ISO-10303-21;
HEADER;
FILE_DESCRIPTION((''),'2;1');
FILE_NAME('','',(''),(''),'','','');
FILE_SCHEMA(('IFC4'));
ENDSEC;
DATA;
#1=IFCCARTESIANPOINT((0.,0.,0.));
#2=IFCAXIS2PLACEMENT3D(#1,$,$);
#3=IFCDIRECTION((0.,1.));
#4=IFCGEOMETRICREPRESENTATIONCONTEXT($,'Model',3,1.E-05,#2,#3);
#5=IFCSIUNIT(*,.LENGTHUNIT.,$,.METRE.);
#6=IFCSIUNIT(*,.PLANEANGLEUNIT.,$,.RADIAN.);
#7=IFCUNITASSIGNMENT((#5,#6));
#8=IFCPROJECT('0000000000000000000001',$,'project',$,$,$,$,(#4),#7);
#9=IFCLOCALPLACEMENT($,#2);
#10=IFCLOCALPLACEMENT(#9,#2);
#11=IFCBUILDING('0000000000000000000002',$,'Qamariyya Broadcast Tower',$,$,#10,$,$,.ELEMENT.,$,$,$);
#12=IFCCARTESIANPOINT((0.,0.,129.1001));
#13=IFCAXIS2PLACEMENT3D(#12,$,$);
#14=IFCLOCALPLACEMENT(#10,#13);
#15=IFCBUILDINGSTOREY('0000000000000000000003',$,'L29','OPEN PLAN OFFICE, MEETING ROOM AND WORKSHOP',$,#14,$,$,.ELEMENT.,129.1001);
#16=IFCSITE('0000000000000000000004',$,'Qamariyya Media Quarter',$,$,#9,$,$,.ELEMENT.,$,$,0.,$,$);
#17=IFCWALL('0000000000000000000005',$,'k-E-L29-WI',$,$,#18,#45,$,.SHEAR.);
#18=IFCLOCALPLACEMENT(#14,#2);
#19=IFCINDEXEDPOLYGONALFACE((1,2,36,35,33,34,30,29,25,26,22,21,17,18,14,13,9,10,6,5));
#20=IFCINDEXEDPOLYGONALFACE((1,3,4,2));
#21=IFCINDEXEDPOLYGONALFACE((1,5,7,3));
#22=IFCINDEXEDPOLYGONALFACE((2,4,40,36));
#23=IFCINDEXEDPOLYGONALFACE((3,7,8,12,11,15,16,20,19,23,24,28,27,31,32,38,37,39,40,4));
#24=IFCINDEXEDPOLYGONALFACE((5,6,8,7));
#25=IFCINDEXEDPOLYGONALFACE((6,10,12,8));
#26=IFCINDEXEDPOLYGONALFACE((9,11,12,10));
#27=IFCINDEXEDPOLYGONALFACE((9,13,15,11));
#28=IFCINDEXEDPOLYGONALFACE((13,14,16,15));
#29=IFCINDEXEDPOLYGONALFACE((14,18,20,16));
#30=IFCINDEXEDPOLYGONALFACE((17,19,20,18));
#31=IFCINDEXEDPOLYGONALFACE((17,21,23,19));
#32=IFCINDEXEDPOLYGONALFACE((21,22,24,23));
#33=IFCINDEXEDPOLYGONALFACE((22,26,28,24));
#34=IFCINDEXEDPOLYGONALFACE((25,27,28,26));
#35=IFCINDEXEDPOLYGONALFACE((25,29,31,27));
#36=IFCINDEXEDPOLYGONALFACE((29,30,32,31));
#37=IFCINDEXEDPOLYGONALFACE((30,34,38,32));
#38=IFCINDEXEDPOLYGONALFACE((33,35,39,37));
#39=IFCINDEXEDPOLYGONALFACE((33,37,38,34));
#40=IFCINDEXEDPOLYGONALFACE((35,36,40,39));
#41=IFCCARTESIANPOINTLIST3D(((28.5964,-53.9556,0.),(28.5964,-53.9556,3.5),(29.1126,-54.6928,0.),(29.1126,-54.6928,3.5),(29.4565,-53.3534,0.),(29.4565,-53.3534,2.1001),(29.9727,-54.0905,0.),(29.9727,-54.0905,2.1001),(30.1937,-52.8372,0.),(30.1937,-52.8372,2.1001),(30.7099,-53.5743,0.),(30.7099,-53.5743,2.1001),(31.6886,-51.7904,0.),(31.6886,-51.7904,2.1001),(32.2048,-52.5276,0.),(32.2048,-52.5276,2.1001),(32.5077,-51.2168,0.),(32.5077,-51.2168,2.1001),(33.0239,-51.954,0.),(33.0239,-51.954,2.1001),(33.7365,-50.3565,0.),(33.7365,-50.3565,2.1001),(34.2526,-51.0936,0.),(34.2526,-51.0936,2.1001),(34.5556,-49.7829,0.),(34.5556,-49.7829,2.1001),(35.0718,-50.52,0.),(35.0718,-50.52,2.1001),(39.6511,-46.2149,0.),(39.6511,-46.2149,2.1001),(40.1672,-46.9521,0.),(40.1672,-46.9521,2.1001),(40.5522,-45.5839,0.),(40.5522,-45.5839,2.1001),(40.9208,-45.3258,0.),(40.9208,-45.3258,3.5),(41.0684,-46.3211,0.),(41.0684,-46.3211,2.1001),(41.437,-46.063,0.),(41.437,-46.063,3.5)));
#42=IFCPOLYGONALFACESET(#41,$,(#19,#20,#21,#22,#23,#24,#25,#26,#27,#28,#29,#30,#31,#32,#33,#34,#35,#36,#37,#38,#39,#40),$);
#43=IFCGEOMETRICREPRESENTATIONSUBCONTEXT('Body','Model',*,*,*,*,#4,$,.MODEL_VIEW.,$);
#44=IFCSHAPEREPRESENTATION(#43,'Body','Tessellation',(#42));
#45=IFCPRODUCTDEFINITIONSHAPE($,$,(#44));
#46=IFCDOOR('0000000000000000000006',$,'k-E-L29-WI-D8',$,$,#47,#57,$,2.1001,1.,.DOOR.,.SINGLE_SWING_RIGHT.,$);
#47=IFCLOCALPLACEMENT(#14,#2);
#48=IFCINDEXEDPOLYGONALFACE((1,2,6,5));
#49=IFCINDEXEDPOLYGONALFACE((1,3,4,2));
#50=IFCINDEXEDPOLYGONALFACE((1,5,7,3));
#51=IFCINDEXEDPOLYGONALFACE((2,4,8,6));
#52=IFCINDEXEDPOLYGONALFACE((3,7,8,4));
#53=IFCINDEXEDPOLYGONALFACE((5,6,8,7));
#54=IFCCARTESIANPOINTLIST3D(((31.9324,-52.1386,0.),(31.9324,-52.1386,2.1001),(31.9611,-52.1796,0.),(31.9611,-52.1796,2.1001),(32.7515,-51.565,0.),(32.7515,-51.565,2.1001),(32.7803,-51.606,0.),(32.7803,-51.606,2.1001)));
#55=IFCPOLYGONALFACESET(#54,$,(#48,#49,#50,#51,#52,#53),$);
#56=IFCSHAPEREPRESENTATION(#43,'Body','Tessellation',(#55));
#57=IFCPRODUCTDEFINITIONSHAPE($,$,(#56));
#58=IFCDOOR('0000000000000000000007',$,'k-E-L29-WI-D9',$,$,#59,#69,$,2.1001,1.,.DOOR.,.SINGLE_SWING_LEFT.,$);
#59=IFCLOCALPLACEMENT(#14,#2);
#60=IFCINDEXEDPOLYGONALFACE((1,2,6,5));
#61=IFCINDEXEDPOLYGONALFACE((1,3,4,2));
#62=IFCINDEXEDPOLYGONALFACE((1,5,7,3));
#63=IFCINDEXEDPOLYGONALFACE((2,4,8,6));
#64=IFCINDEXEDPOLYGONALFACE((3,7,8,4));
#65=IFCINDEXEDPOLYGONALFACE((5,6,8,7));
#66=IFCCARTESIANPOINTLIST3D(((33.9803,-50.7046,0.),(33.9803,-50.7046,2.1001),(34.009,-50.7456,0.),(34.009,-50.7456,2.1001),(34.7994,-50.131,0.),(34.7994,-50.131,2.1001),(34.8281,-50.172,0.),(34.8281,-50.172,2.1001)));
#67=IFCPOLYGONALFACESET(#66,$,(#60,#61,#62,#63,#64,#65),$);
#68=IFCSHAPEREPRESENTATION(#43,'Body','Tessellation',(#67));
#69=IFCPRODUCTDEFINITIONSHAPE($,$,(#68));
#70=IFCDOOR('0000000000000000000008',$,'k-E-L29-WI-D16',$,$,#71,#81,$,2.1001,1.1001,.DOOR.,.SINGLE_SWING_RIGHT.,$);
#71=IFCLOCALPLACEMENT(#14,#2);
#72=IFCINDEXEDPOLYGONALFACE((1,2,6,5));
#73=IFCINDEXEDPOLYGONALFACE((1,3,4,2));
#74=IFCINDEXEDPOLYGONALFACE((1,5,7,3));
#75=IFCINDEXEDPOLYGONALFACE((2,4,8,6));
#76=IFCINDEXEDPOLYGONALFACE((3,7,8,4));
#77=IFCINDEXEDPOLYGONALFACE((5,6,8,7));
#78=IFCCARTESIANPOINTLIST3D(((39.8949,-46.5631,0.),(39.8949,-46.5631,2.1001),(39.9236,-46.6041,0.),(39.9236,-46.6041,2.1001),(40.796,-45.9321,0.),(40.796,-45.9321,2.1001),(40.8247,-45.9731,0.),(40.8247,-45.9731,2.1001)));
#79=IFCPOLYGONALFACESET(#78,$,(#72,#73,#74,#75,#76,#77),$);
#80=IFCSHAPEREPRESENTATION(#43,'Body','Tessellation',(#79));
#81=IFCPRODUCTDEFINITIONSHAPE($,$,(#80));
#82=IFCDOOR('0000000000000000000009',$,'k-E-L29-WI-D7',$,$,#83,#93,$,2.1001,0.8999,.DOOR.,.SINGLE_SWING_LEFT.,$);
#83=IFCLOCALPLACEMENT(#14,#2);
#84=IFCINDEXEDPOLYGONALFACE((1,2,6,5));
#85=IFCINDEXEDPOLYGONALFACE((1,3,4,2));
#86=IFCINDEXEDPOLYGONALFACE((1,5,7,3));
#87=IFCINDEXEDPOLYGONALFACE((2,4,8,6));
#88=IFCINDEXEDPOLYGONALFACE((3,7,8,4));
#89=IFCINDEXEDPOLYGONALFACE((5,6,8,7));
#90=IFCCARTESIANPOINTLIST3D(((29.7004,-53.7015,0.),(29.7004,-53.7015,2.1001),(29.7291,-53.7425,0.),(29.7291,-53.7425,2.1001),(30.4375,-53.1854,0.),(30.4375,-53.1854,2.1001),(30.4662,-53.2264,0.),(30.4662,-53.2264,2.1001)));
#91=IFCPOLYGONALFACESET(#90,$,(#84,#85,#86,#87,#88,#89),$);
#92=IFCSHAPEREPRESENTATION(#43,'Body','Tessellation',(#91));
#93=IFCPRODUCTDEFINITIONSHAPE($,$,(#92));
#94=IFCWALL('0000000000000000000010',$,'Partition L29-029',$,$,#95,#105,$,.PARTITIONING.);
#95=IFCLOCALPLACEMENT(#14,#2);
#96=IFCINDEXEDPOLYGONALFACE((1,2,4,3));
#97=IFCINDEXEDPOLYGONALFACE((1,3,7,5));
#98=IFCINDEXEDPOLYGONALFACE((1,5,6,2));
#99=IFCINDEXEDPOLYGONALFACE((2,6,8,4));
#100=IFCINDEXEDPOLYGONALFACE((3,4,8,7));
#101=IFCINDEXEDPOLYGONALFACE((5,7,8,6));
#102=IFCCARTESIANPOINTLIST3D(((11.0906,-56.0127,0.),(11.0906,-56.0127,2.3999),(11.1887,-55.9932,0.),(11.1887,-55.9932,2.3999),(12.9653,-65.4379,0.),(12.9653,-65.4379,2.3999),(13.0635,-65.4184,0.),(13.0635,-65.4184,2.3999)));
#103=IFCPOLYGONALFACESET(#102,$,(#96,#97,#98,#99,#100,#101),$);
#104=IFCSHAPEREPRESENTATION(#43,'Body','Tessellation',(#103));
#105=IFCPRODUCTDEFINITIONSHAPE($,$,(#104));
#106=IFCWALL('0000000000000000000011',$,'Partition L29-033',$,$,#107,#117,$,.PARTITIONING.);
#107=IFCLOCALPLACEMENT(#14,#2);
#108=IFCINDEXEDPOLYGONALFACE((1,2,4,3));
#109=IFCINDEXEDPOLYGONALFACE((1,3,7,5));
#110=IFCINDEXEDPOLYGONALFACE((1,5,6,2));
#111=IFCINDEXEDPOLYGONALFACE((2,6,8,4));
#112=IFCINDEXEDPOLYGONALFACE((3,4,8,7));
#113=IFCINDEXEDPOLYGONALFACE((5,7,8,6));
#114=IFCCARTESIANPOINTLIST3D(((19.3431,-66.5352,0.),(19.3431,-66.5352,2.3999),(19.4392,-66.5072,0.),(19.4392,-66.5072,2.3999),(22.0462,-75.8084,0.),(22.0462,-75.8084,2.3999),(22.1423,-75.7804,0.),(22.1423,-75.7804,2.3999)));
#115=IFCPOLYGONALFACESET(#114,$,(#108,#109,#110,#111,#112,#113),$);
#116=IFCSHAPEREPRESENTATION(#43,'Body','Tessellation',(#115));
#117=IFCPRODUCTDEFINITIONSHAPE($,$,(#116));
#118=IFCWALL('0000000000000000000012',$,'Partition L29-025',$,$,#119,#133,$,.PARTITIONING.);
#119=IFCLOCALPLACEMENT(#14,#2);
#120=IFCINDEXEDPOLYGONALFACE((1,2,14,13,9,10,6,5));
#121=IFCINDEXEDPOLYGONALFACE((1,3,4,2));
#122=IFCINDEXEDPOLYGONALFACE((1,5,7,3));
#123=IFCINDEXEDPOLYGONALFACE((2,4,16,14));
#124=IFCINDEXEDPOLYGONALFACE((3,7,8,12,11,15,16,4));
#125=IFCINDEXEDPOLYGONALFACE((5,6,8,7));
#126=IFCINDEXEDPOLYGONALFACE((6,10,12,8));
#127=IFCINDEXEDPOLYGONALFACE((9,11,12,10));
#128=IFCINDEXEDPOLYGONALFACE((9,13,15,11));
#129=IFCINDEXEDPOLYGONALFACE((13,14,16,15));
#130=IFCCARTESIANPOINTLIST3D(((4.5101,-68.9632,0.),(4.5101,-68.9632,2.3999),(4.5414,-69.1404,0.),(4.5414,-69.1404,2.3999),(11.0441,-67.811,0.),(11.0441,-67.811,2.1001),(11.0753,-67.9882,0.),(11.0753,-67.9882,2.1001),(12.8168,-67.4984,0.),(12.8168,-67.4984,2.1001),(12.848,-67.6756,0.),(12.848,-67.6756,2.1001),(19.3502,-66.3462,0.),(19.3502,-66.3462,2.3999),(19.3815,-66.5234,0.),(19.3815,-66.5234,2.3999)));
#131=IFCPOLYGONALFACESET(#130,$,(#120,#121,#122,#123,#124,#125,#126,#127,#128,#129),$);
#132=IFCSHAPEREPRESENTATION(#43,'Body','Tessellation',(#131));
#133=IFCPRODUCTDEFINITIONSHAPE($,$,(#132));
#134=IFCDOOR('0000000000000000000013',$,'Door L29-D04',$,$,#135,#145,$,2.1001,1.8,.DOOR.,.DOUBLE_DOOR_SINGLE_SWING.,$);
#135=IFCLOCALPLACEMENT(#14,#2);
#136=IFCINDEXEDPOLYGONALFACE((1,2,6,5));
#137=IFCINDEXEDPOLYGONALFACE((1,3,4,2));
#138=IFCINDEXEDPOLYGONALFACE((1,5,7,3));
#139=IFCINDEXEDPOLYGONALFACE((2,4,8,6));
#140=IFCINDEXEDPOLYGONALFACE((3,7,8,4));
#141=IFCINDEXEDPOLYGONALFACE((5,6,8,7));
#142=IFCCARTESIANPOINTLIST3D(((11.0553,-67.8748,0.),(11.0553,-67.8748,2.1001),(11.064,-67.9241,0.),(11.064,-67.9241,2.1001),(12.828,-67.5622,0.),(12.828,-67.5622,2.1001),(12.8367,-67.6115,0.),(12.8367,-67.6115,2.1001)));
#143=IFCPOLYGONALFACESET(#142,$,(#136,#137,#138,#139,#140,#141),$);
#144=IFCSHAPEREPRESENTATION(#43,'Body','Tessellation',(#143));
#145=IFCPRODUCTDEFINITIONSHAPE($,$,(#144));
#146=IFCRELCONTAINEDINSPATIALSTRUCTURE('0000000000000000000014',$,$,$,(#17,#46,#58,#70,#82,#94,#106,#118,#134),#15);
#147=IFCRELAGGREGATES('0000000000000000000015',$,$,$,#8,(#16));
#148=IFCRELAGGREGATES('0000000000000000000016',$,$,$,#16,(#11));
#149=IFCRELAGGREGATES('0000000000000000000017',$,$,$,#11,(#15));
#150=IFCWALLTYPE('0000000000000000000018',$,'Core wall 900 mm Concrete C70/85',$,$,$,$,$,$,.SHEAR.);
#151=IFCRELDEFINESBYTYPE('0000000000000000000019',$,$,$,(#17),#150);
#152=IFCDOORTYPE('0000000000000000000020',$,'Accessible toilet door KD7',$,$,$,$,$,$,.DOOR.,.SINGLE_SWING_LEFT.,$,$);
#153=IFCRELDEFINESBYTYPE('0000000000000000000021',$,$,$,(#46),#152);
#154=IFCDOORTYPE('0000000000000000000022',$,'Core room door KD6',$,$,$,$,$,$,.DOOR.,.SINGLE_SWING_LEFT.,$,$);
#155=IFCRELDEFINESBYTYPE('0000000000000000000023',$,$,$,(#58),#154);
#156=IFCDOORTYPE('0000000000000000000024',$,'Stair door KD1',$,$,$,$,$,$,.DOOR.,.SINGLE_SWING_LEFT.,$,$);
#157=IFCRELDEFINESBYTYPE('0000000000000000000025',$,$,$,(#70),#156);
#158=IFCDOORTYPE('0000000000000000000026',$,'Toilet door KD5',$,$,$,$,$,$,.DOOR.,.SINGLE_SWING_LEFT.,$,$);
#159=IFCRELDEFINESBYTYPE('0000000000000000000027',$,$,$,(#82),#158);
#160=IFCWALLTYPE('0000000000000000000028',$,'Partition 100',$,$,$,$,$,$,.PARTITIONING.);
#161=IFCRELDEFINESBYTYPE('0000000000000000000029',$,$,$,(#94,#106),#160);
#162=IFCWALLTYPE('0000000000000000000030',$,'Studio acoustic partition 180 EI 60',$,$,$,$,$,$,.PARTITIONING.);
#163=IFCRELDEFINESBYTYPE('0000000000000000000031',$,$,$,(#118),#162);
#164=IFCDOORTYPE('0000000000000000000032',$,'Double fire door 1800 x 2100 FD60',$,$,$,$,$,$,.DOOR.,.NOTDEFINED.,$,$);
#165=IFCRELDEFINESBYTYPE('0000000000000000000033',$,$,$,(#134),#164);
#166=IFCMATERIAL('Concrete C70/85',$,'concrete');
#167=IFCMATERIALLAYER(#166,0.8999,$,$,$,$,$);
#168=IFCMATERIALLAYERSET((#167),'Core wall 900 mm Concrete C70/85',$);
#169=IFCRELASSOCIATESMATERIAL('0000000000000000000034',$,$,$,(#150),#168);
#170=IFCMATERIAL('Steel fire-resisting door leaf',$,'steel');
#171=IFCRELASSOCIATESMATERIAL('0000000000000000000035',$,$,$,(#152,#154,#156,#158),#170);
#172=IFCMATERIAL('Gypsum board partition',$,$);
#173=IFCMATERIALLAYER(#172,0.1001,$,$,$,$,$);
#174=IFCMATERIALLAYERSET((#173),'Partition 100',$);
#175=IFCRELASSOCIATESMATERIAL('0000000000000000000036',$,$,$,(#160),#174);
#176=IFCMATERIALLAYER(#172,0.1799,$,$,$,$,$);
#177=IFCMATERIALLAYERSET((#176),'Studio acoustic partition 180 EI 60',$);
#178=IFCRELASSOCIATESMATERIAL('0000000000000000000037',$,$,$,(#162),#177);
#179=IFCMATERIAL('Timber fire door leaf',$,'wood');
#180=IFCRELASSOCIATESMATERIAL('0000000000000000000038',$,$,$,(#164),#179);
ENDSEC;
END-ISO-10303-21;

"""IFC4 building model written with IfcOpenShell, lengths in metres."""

from ifc_helpers import new_model, si_unit, direction, frame, frame_2d, origin, place, context, subcontext, project, spatial, rectangle, extrude, material, layer, layer_set, type_object, element, fill, save


model = new_model("IFC4")

# Units and contexts
model_context = context("Model", 3, precision=1e-05, world=origin(), true_north=direction((0.0, 1.0)))
body_context = subcontext(model_context, "Body", "Model", "MODEL_VIEW")
ifc_project = project(units=[si_unit("LENGTHUNIT", "METRE"), si_unit("PLANEANGLEUNIT", "RADIAN")], contexts=[model_context])

# Site, building, storey
site_placement = place(None, origin())
site = spatial("IfcSite", under=ifc_project, at=site_placement, Name="Qamariyya Media Quarter", CompositionType="ELEMENT", RefElevation=0.0)
building_placement = place(site_placement, origin())
building = spatial("IfcBuilding", under=site, at=building_placement, Name="Qamariyya Broadcast Tower", CompositionType="ELEMENT")
storey_placement = place(building_placement, frame((0.0, 0.0, 129.1001)))
storey = spatial("IfcBuildingStorey", under=building, at=storey_placement, Name="L29", Description="OPEN PLAN OFFICE, MEETING ROOM AND WORKSHOP", CompositionType="ELEMENT", Elevation=129.1001)

# Shared definitions
ifc_material_1 = material(Name="Concrete C70/85", Category="concrete")

# Wall, openings, doors
ifc_layer_1 = layer(ifc_material_1, 0.8999)
ifc_layer_set_1 = layer_set([ifc_layer_1], Name="Core wall 900 mm Concrete C70/85")
wall_type_1 = type_object("IfcWallType", Name="Core wall 900 mm Concrete C70/85", PredefinedType="SHEAR", material=ifc_layer_set_1)
wall_1_placement = place(storey_placement, frame((28.8545, -54.3242, 0.0), z_axis=(0.0, 0.0, 1.0), x_axis=(0.819146, 0.573585, 0.0)))
wall_1 = element("IfcWall", 1, at=wall_1_placement, inside=storey, type_object=wall_type_1, Name="k-E-L29-WI", PredefinedType="SHEAR", context=body_context, shape_type="SweptSolid", body=[
    extrude(rectangle(XDim=15.0454, YDim=0.8999, at=frame_2d((7.5227, 0.0))), origin(), (0.0, 0.0, 1.0), 3.5),
])
opening_1_placement = place(wall_1_placement, frame((1.05, 0.0, 0.0)))
opening_1 = element("IfcOpeningElement", 2, at=opening_1_placement, cuts=wall_1, PredefinedType="OPENING", context=body_context, shape_type="SweptSolid", body=[
    extrude(rectangle(XDim=0.8999, YDim=2.1001, at=frame_2d((0.45, 1.05))), frame((0.0, 0.46, 0.0), z_axis=(0.0, -1.0, 0.0), x_axis=(1.0, 0.0, 0.0)), (0.0, 0.0, 1.0), 0.9199),
])
opening_2_placement = place(wall_1_placement, frame((3.7749, 0.0, 0.0)))
opening_2 = element("IfcOpeningElement", 3, at=opening_2_placement, cuts=wall_1, PredefinedType="OPENING", context=body_context, shape_type="SweptSolid", body=[
    extrude(rectangle(XDim=1.0, YDim=2.1001, at=frame_2d((0.5, 1.05))), frame((0.0, 0.46, 0.0), z_axis=(0.0, -1.0, 0.0), x_axis=(1.0, 0.0, 0.0)), (0.0, 0.0, 1.0), 0.9199),
])
opening_3_placement = place(wall_1_placement, frame((6.2749, 0.0, 0.0)))
opening_3 = element("IfcOpeningElement", 4, at=opening_3_placement, cuts=wall_1, PredefinedType="OPENING", context=body_context, shape_type="SweptSolid", body=[
    extrude(rectangle(XDim=1.0, YDim=2.1001, at=frame_2d((0.5, 1.05))), frame((0.0, 0.46, 0.0), z_axis=(0.0, -1.0, 0.0), x_axis=(1.0, 0.0, 0.0)), (0.0, 0.0, 1.0), 0.9199),
])
opening_4_placement = place(wall_1_placement, frame((13.4954, 0.0, 0.0)))
opening_4 = element("IfcOpeningElement", 5, at=opening_4_placement, cuts=wall_1, PredefinedType="OPENING", context=body_context, shape_type="SweptSolid", body=[
    extrude(rectangle(XDim=1.1001, YDim=2.1001, at=frame_2d((0.55, 1.05))), frame((0.0, 0.46, 0.0), z_axis=(0.0, -1.0, 0.0), x_axis=(1.0, 0.0, 0.0)), (0.0, 0.0, 1.0), 0.9199),
])
ifc_material_2 = material(Name="Steel fire-resisting door leaf", Category="steel")
door_type_1 = type_object("IfcDoorType", Name="Accessible toilet door KD7", OperationType="SINGLE_SWING_LEFT", PredefinedType="DOOR", material=ifc_material_2)
door_1_placement = place(opening_2_placement, origin())
door_1 = element("IfcDoor", 6, at=door_1_placement, inside=storey, type_object=door_type_1, Name="k-E-L29-WI-D8", OperationType="SINGLE_SWING_RIGHT", OverallHeight=2.1001, OverallWidth=1.0, PredefinedType="DOOR", context=body_context, shape_type="SweptSolid", body=[
    extrude(rectangle(XDim=1.0, YDim=2.1001, at=frame_2d((0.5, 1.05))), frame((0.0, 0.0249, 0.0), z_axis=(0.0, -1.0, 0.0), x_axis=(1.0, 0.0, 0.0)), (0.0, 0.0, 1.0), 0.05),
])
fill(opening_2, door_1)
door_type_2 = type_object("IfcDoorType", Name="Core room door KD6", OperationType="SINGLE_SWING_LEFT", PredefinedType="DOOR", material=ifc_material_2)
door_2_placement = place(opening_3_placement, origin())
door_2 = element("IfcDoor", 7, at=door_2_placement, inside=storey, type_object=door_type_2, Name="k-E-L29-WI-D9", OperationType="SINGLE_SWING_LEFT", OverallHeight=2.1001, OverallWidth=1.0, PredefinedType="DOOR", context=body_context, shape_type="SweptSolid", body=[
    extrude(rectangle(XDim=1.0, YDim=2.1001, at=frame_2d((0.5, 1.05))), frame((0.0, 0.0249, 0.0), z_axis=(0.0, -1.0, 0.0), x_axis=(1.0, 0.0, 0.0)), (0.0, 0.0, 1.0), 0.05),
])
fill(opening_3, door_2)
door_type_3 = type_object("IfcDoorType", Name="Stair door KD1", OperationType="SINGLE_SWING_LEFT", PredefinedType="DOOR", material=ifc_material_2)
door_3_placement = place(opening_4_placement, origin())
door_3 = element("IfcDoor", 8, at=door_3_placement, inside=storey, type_object=door_type_3, Name="k-E-L29-WI-D16", OperationType="SINGLE_SWING_RIGHT", OverallHeight=2.1001, OverallWidth=1.1001, PredefinedType="DOOR", context=body_context, shape_type="SweptSolid", body=[
    extrude(rectangle(XDim=1.1001, YDim=2.1001, at=frame_2d((0.55, 1.05))), frame((0.0, 0.0249, 0.0), z_axis=(0.0, -1.0, 0.0), x_axis=(1.0, 0.0, 0.0)), (0.0, 0.0, 1.0), 0.05),
])
fill(opening_4, door_3)
door_type_4 = type_object("IfcDoorType", Name="Toilet door KD5", OperationType="SINGLE_SWING_LEFT", PredefinedType="DOOR", material=ifc_material_2)
door_4_placement = place(opening_1_placement, origin())
door_4 = element("IfcDoor", 9, at=door_4_placement, inside=storey, type_object=door_type_4, Name="k-E-L29-WI-D7", OperationType="SINGLE_SWING_LEFT", OverallHeight=2.1001, OverallWidth=0.8999, PredefinedType="DOOR", context=body_context, shape_type="SweptSolid", body=[
    extrude(rectangle(XDim=0.8999, YDim=2.1001, at=frame_2d((0.45, 1.05))), frame((0.0, 0.0249, 0.0), z_axis=(0.0, -1.0, 0.0), x_axis=(1.0, 0.0, 0.0)), (0.0, 0.0, 1.0), 0.05),
])
fill(opening_1, door_4)

# Walls
ifc_material_3 = material(Name="Gypsum board partition")
ifc_layer_2 = layer(ifc_material_3, 0.1001)
ifc_layer_set_2 = layer_set([ifc_layer_2], Name="Partition 100")
wall_type_2 = type_object("IfcWallType", Name="Partition 100", PredefinedType="PARTITIONING", material=ifc_layer_set_2)
wall_2_placement = place(storey_placement, frame((11.1396, -56.0029, 0.0), z_axis=(0.0, 0.0, 1.0), x_axis=(0.195085, -0.980786, 0.0)))
element("IfcWall", 10, at=wall_2_placement, inside=storey, type_object=wall_type_2, Name="Partition L29-029", PredefinedType="PARTITIONING", context=body_context, shape_type="SweptSolid", body=[
    extrude(rectangle(XDim=9.6099, YDim=0.1001, at=frame_2d((4.8049, 0.0))), origin(), (0.0, 0.0, 1.0), 2.3999),
])
wall_3_placement = place(storey_placement, frame((22.0942, -75.7944, 0.0), z_axis=(0.0, 0.0, 1.0), x_axis=(-0.279851, 0.960043, 0.0)))
element("IfcWall", 11, at=wall_3_placement, inside=storey, type_object=wall_type_2, Name="Partition L29-033", PredefinedType="PARTITIONING", context=body_context, shape_type="SweptSolid", body=[
    extrude(rectangle(XDim=9.6592, YDim=0.1001, at=frame_2d((4.8296, 0.0))), origin(), (0.0, 0.0, 1.0), 2.3999),
])

# Wall, opening, door
ifc_layer_3 = layer(ifc_material_3, 0.1799)
ifc_layer_set_3 = layer_set([ifc_layer_3], Name="Studio acoustic partition 180 EI 60")
wall_type_3 = type_object("IfcWallType", Name="Studio acoustic partition 180 EI 60", PredefinedType="PARTITIONING", material=ifc_layer_set_3)
wall_4_placement = place(storey_placement, frame((19.366, -66.4348, 0.0), z_axis=(0.0, 0.0, 1.0), x_axis=(-0.984805, -0.173663, 0.0)))
wall_4 = element("IfcWall", 12, at=wall_4_placement, inside=storey, type_object=wall_type_3, Name="Partition L29-025", PredefinedType="PARTITIONING", context=body_context, shape_type="SweptSolid", body=[
    extrude(rectangle(XDim=15.0691, YDim=0.1799, at=frame_2d((7.5347, 0.0))), origin(), (0.0, 0.0, 1.0), 2.3999),
])
opening_5_placement = place(wall_4_placement, frame((6.6345, 0.0, 0.0)))
opening_5 = element("IfcOpeningElement", 13, at=opening_5_placement, cuts=wall_4, PredefinedType="OPENING", context=body_context, shape_type="SweptSolid", body=[
    extrude(rectangle(XDim=1.8, YDim=2.1001, at=frame_2d((0.8999, 1.05))), frame((0.0, 0.0999, 0.0), z_axis=(0.0, -1.0, 0.0), x_axis=(1.0, 0.0, 0.0)), (0.0, 0.0, 1.0), 0.2),
])
ifc_material_4 = material(Name="Timber fire door leaf", Category="wood")
door_type_5 = type_object("IfcDoorType", Name="Double fire door 1800 x 2100 FD60", OperationType="NOTDEFINED", PredefinedType="DOOR", material=ifc_material_4)
door_5_placement = place(opening_5_placement, origin())
door_5 = element("IfcDoor", 14, at=door_5_placement, inside=storey, type_object=door_type_5, Name="Door L29-D04", OperationType="DOUBLE_DOOR_SINGLE_SWING", OverallHeight=2.1001, OverallWidth=1.8, PredefinedType="DOOR", context=body_context, shape_type="SweptSolid", body=[
    extrude(rectangle(XDim=1.8, YDim=2.1001, at=frame_2d((0.8999, 1.05))), frame((0.0, 0.0249, 0.0), z_axis=(0.0, -1.0, 0.0), x_axis=(1.0, 0.0, 0.0)), (0.0, 0.0, 1.0), 0.05),
])
fill(opening_5, door_5)

save(model, "model.ifc")
